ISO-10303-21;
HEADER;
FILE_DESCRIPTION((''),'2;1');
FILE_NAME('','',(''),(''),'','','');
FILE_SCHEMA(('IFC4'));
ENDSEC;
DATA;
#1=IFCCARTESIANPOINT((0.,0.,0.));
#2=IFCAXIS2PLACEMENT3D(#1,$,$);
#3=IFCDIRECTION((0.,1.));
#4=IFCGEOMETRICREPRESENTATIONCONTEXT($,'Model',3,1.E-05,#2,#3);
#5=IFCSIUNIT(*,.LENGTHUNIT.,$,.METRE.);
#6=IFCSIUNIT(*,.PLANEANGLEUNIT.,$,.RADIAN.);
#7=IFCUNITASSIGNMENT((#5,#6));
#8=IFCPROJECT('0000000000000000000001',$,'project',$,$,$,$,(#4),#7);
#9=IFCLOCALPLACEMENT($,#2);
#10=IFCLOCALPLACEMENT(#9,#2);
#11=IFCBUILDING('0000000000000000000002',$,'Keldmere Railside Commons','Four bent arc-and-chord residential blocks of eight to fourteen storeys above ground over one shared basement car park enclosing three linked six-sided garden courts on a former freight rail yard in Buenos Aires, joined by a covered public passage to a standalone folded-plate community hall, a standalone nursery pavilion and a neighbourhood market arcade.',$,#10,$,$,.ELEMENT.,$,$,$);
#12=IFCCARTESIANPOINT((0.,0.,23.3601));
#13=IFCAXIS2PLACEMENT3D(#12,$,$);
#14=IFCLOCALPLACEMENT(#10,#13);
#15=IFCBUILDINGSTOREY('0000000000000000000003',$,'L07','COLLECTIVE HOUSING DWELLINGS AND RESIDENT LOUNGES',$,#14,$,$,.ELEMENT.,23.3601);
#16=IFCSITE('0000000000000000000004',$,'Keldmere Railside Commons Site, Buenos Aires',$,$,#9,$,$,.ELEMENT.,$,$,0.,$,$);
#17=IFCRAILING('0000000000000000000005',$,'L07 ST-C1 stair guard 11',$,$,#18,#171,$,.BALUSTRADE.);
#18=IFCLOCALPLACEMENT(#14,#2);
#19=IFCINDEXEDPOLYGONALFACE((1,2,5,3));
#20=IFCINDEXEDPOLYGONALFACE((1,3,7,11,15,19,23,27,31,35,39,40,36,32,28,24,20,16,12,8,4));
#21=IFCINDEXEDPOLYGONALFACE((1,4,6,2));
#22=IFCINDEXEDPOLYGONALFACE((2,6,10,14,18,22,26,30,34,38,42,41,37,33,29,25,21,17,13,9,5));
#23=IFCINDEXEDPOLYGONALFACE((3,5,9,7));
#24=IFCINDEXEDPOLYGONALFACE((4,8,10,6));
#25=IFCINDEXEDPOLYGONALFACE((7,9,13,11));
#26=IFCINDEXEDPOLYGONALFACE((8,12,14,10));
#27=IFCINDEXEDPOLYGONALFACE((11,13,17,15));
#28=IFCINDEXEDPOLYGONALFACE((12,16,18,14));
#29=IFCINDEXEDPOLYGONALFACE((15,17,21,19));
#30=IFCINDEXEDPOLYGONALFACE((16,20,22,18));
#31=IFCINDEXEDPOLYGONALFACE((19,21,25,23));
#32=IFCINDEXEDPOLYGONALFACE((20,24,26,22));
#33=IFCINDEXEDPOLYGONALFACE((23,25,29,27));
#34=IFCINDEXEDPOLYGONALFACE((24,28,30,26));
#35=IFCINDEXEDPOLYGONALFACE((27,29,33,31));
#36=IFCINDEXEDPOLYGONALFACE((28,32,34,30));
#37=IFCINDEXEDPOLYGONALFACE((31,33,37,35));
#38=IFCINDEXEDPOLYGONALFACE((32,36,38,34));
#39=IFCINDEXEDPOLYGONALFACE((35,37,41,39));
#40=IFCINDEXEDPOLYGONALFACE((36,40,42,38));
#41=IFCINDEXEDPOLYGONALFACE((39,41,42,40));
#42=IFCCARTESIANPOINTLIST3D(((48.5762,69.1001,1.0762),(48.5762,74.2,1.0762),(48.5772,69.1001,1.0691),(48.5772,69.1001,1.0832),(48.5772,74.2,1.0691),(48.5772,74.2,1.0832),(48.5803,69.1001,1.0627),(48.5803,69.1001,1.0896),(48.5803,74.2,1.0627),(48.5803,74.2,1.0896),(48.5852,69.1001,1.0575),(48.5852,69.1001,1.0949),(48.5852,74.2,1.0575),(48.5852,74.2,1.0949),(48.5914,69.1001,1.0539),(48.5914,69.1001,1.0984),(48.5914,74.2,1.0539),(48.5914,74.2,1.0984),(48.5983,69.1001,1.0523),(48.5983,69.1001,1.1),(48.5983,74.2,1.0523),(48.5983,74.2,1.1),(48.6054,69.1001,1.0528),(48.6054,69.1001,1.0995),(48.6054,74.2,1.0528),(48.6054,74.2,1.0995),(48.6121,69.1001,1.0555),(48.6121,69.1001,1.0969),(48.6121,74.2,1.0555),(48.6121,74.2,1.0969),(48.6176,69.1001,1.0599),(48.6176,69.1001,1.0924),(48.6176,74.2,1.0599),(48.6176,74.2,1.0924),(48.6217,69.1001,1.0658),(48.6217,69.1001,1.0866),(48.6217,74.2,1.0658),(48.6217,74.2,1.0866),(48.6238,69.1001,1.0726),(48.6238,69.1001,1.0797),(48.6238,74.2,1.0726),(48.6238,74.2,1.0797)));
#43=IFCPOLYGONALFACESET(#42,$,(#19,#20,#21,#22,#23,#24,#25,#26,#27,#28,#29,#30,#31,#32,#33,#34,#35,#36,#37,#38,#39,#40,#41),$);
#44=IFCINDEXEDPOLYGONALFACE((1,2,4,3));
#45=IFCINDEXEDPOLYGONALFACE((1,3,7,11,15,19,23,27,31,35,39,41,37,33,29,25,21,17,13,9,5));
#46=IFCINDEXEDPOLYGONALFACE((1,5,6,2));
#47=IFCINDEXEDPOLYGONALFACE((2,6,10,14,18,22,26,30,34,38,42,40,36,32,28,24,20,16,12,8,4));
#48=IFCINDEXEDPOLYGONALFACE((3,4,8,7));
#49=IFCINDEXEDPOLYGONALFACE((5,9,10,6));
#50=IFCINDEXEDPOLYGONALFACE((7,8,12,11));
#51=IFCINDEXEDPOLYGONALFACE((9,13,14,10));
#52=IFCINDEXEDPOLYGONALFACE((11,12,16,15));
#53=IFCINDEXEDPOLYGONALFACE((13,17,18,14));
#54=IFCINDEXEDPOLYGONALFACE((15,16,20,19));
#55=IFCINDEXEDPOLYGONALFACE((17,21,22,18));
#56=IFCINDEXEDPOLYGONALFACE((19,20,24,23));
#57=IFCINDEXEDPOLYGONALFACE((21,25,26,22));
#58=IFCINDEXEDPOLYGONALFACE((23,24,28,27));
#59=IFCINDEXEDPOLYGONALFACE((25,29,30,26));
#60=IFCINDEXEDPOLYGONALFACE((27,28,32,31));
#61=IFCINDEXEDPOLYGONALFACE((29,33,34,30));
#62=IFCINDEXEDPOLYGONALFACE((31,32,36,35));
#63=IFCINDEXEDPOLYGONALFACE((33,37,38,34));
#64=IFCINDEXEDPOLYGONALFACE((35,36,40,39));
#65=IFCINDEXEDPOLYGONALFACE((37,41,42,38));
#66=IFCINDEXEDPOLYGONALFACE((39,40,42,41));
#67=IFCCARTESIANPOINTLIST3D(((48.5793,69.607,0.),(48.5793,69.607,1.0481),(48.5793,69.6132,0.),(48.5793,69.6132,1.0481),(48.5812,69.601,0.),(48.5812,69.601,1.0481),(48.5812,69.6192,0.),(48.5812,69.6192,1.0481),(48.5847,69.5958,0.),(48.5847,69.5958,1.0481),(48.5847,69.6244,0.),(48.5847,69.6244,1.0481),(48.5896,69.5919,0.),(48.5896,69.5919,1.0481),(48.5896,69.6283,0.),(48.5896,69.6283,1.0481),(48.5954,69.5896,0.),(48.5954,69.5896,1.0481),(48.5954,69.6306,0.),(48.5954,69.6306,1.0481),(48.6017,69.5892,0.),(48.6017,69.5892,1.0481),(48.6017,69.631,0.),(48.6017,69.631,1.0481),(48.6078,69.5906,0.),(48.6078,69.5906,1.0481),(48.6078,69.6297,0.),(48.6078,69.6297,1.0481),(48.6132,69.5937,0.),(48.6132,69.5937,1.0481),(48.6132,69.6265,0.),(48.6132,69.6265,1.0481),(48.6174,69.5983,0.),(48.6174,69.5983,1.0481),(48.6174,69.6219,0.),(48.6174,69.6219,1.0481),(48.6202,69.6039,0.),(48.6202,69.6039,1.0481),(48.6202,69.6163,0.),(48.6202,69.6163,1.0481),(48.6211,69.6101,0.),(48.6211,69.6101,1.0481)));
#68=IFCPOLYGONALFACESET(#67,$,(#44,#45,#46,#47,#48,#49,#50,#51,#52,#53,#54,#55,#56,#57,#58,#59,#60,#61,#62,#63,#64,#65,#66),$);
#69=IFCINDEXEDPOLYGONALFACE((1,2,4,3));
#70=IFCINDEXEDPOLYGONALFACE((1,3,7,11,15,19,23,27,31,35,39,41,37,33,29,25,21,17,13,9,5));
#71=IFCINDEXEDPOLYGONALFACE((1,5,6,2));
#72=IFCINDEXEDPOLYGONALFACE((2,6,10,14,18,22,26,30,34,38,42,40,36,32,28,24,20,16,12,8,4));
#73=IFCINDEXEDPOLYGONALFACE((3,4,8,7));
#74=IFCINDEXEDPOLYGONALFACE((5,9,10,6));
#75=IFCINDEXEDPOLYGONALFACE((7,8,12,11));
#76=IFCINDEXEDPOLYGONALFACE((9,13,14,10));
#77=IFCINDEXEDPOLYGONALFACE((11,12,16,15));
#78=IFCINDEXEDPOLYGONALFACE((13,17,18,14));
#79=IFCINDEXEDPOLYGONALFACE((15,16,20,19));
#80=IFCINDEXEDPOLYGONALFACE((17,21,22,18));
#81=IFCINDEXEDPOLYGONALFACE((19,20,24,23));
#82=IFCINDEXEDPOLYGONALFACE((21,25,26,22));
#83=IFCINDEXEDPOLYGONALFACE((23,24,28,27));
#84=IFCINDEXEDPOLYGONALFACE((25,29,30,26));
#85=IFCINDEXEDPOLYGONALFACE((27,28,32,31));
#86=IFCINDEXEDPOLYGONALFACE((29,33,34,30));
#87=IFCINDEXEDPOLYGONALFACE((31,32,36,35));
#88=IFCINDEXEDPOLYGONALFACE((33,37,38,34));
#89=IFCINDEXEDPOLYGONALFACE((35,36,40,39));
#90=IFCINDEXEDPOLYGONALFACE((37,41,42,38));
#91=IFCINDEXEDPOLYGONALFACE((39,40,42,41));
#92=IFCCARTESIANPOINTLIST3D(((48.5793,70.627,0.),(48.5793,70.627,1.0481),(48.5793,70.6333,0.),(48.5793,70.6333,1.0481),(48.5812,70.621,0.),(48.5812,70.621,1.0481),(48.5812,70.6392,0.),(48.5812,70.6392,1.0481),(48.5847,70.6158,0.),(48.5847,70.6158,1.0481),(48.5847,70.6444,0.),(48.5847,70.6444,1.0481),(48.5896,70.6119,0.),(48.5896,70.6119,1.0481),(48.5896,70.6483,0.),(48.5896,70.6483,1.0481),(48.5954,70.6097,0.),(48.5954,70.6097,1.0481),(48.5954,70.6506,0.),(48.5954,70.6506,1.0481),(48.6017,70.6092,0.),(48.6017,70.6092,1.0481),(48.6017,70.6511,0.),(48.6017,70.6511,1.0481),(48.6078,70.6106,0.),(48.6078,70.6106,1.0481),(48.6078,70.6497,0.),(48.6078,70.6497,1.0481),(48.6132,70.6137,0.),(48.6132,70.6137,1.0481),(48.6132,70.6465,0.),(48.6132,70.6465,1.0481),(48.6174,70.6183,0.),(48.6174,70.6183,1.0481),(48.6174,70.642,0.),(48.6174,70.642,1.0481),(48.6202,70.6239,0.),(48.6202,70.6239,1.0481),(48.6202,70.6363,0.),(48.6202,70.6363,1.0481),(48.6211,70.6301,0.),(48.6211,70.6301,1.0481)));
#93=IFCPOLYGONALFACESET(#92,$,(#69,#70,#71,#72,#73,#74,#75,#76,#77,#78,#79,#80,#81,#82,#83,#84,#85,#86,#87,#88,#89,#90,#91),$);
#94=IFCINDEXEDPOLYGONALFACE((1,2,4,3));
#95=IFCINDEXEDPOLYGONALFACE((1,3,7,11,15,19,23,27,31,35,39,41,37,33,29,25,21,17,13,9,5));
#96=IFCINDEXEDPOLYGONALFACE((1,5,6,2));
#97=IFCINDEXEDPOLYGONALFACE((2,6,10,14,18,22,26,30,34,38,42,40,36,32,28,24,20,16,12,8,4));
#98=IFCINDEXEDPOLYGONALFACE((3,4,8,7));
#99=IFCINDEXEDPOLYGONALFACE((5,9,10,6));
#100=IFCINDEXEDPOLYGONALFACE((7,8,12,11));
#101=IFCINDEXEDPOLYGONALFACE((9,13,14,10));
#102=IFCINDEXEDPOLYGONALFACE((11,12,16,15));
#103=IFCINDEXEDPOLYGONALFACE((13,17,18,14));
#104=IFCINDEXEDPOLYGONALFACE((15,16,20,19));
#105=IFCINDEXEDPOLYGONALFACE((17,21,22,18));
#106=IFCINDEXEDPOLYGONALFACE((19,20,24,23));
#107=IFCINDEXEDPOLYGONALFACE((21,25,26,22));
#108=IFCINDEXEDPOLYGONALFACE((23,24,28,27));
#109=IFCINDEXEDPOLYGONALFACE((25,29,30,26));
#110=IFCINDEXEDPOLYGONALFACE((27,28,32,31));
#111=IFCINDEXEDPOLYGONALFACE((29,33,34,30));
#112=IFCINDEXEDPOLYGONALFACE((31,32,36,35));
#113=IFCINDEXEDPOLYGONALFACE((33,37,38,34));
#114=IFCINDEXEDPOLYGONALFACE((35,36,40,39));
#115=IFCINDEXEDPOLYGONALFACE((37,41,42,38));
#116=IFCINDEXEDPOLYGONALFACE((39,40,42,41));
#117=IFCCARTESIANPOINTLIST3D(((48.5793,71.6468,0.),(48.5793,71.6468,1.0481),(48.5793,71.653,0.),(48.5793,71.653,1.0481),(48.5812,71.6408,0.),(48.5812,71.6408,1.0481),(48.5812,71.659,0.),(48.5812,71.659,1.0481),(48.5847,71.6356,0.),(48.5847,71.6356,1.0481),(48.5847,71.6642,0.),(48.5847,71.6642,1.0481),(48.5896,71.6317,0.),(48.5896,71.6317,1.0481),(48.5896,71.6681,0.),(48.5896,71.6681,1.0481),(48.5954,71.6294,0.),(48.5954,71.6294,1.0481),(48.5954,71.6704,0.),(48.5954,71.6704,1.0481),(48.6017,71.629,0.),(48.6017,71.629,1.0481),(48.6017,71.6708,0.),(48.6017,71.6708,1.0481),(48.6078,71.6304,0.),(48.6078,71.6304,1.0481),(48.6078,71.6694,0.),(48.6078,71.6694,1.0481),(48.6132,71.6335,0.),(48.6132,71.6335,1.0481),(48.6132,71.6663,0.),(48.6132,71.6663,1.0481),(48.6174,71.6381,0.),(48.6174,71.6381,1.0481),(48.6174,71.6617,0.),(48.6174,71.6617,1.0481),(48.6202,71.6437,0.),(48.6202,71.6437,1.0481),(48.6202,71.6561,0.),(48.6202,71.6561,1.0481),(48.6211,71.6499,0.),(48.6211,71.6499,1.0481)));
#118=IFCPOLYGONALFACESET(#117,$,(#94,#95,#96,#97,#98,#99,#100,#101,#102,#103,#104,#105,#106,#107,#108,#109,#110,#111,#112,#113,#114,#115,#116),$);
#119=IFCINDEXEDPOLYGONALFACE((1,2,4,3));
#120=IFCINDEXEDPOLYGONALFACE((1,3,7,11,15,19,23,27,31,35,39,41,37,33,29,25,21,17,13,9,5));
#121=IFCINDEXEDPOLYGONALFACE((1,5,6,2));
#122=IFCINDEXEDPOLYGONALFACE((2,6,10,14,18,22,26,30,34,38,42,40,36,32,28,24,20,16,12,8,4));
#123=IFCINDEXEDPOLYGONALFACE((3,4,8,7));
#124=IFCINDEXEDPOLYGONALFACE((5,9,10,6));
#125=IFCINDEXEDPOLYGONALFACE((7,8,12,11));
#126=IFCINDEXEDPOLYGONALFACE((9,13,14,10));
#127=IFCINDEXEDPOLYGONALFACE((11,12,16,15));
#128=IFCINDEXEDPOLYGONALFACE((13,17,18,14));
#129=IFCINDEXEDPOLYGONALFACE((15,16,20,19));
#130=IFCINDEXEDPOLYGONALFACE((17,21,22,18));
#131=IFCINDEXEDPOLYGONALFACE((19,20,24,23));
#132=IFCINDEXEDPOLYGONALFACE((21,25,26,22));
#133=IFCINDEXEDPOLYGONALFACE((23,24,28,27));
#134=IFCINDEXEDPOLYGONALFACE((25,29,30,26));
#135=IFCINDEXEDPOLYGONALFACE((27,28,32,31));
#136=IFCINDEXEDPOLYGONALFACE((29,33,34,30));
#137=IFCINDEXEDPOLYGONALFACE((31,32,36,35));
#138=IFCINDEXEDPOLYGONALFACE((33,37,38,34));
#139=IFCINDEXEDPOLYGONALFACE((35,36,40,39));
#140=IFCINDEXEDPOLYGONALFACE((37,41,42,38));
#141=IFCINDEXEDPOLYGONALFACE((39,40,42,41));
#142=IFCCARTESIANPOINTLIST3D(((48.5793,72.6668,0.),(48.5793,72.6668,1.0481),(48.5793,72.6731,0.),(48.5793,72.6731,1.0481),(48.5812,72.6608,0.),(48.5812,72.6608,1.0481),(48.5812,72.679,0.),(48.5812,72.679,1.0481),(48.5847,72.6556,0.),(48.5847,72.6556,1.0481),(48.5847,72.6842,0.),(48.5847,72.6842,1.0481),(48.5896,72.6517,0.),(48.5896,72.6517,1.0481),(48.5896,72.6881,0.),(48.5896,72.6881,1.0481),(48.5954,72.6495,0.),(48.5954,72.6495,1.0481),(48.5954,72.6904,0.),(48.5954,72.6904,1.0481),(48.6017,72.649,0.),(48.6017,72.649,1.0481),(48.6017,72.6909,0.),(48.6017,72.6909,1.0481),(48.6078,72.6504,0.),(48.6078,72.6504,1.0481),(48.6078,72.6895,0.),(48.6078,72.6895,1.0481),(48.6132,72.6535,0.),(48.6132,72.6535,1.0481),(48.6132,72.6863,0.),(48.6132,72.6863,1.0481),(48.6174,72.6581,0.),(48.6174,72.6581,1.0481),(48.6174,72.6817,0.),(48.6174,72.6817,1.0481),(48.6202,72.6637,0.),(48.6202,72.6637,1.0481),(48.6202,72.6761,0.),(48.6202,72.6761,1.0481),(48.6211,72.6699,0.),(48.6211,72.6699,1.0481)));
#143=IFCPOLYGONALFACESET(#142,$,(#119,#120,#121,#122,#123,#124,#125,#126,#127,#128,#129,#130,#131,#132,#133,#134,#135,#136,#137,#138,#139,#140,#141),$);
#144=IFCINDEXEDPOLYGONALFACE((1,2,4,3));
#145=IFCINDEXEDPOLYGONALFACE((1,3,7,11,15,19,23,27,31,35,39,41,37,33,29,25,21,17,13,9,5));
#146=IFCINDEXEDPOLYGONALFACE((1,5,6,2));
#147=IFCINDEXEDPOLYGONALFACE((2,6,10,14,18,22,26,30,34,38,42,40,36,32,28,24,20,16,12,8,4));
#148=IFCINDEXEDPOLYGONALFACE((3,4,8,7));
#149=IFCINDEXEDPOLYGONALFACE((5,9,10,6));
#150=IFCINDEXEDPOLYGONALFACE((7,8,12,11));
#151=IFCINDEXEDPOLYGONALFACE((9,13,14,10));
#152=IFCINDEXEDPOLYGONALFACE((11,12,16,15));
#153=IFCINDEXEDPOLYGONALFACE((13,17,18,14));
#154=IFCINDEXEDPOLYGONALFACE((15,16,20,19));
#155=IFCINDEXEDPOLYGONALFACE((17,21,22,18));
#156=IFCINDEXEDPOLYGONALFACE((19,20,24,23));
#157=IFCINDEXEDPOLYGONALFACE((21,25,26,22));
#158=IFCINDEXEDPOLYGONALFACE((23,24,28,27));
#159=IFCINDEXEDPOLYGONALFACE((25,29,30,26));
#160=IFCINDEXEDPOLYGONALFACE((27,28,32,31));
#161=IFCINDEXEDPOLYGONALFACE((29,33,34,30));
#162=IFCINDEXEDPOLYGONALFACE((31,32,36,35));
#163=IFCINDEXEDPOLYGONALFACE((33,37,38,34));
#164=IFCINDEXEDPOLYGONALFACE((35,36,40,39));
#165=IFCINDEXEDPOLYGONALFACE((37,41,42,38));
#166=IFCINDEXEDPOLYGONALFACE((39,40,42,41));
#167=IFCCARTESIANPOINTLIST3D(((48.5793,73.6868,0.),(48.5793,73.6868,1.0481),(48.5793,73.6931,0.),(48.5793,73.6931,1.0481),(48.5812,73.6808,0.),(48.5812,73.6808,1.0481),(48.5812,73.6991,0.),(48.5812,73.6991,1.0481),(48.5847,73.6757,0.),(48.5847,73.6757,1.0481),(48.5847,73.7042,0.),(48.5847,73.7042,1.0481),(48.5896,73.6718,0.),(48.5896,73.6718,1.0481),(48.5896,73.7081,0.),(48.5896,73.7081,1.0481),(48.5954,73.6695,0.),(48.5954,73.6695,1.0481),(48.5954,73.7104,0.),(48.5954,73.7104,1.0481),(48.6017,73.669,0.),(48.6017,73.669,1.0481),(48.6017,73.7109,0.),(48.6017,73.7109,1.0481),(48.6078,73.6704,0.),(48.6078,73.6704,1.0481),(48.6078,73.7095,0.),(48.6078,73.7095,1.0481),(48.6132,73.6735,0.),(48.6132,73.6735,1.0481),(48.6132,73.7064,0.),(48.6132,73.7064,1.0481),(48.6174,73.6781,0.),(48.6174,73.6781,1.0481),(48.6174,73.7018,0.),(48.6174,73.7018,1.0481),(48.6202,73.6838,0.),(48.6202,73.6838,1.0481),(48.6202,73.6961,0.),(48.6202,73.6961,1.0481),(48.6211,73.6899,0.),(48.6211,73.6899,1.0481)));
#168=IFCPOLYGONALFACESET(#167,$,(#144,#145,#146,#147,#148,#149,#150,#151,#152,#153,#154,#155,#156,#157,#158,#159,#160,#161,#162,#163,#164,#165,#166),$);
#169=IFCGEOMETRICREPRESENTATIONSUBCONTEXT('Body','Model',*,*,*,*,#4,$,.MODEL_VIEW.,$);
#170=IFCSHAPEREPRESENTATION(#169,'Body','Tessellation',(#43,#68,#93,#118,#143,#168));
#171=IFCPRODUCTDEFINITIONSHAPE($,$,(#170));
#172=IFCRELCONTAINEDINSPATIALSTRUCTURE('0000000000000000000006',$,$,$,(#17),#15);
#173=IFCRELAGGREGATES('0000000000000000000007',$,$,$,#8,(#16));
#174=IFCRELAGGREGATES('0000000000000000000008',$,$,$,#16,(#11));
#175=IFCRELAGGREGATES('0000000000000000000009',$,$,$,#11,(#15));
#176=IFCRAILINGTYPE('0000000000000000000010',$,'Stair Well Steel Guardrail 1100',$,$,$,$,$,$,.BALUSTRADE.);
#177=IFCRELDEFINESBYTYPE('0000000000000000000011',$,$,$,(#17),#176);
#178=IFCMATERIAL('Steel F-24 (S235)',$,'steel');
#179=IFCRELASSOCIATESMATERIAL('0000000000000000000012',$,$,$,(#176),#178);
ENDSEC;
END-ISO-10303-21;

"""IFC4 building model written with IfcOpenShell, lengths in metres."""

from ifc_helpers import new_model, si_unit, direction, frame, origin, origin_2d, place, context, subcontext, project, spatial, circle, extrude, material, type_object, element, save


model = new_model("IFC4")

# Units and contexts
model_context = context("Model", 3, precision=1e-05, world=origin(), true_north=direction((0.0, 1.0)))
body_context = subcontext(model_context, "Body", "Model", "MODEL_VIEW")
ifc_project = project(units=[si_unit("LENGTHUNIT", "METRE"), si_unit("PLANEANGLEUNIT", "RADIAN")], contexts=[model_context])

# Site, building, storey
site_placement = place(None, origin())
site = spatial("IfcSite", under=ifc_project, at=site_placement, Name="Keldmere Railside Commons Site, Buenos Aires", CompositionType="ELEMENT", RefElevation=0.0)
building_placement = place(site_placement, origin())
building = spatial("IfcBuilding", under=site, at=building_placement, Name="Keldmere Railside Commons", Description="Four bent arc-and-chord residential blocks of eight to fourteen storeys above ground over one shared basement car park enclosing three linked six-sided garden courts on a former freight rail yard in Buenos Aires, joined by a covered public passage to a standalone folded-plate community hall, a standalone nursery pavilion and a neighbourhood market arcade.", CompositionType="ELEMENT")
storey_placement = place(building_placement, frame((0.0, 0.0, 23.3601)))
storey = spatial("IfcBuildingStorey", under=building, at=storey_placement, Name="L07", Description="COLLECTIVE HOUSING DWELLINGS AND RESIDENT LOUNGES", CompositionType="ELEMENT", Elevation=23.3601)

# Shared definitions
ifc_material_1 = material(Name="Steel F-24 (S235)", Category="steel")

# Railing
railing_type_1 = type_object("IfcRailingType", Name="Stair Well Steel Guardrail 1100", PredefinedType="BALUSTRADE", material=ifc_material_1)
railing_1_placement = place(storey_placement, frame((48.6001, 69.1001, 0.0)))
element("IfcRailing", 1, at=railing_1_placement, inside=storey, type_object=railing_type_1, Name="L07 ST-C1 stair guard 11", PredefinedType="BALUSTRADE", context=body_context, shape_type="SweptSolid", body=[
    extrude(circle(Radius=0.0239, at=origin_2d()), frame((0.0, 0.0, 1.0762), z_axis=(0.0, 1.0, 0.0), x_axis=(-1.0, 0.0, 0.0)), (0.0, 0.0, 1.0), 5.0999),
    extrude(circle(Radius=0.021, at=origin_2d()), frame((0.0, 0.51, 0.0)), (0.0, 0.0, 1.0), 1.0481),
    extrude(circle(Radius=0.021, at=origin_2d()), frame((0.0, 1.53, 0.0)), (0.0, 0.0, 1.0), 1.0481),
    extrude(circle(Radius=0.021, at=origin_2d()), frame((0.0, 2.5498, 0.0)), (0.0, 0.0, 1.0), 1.0481),
    extrude(circle(Radius=0.021, at=origin_2d()), frame((0.0, 3.5698, 0.0)), (0.0, 0.0, 1.0), 1.0481),
    extrude(circle(Radius=0.021, at=origin_2d()), frame((0.0, 4.5898, 0.0)), (0.0, 0.0, 1.0), 1.0481),
])

save(model, "model.ifc")
